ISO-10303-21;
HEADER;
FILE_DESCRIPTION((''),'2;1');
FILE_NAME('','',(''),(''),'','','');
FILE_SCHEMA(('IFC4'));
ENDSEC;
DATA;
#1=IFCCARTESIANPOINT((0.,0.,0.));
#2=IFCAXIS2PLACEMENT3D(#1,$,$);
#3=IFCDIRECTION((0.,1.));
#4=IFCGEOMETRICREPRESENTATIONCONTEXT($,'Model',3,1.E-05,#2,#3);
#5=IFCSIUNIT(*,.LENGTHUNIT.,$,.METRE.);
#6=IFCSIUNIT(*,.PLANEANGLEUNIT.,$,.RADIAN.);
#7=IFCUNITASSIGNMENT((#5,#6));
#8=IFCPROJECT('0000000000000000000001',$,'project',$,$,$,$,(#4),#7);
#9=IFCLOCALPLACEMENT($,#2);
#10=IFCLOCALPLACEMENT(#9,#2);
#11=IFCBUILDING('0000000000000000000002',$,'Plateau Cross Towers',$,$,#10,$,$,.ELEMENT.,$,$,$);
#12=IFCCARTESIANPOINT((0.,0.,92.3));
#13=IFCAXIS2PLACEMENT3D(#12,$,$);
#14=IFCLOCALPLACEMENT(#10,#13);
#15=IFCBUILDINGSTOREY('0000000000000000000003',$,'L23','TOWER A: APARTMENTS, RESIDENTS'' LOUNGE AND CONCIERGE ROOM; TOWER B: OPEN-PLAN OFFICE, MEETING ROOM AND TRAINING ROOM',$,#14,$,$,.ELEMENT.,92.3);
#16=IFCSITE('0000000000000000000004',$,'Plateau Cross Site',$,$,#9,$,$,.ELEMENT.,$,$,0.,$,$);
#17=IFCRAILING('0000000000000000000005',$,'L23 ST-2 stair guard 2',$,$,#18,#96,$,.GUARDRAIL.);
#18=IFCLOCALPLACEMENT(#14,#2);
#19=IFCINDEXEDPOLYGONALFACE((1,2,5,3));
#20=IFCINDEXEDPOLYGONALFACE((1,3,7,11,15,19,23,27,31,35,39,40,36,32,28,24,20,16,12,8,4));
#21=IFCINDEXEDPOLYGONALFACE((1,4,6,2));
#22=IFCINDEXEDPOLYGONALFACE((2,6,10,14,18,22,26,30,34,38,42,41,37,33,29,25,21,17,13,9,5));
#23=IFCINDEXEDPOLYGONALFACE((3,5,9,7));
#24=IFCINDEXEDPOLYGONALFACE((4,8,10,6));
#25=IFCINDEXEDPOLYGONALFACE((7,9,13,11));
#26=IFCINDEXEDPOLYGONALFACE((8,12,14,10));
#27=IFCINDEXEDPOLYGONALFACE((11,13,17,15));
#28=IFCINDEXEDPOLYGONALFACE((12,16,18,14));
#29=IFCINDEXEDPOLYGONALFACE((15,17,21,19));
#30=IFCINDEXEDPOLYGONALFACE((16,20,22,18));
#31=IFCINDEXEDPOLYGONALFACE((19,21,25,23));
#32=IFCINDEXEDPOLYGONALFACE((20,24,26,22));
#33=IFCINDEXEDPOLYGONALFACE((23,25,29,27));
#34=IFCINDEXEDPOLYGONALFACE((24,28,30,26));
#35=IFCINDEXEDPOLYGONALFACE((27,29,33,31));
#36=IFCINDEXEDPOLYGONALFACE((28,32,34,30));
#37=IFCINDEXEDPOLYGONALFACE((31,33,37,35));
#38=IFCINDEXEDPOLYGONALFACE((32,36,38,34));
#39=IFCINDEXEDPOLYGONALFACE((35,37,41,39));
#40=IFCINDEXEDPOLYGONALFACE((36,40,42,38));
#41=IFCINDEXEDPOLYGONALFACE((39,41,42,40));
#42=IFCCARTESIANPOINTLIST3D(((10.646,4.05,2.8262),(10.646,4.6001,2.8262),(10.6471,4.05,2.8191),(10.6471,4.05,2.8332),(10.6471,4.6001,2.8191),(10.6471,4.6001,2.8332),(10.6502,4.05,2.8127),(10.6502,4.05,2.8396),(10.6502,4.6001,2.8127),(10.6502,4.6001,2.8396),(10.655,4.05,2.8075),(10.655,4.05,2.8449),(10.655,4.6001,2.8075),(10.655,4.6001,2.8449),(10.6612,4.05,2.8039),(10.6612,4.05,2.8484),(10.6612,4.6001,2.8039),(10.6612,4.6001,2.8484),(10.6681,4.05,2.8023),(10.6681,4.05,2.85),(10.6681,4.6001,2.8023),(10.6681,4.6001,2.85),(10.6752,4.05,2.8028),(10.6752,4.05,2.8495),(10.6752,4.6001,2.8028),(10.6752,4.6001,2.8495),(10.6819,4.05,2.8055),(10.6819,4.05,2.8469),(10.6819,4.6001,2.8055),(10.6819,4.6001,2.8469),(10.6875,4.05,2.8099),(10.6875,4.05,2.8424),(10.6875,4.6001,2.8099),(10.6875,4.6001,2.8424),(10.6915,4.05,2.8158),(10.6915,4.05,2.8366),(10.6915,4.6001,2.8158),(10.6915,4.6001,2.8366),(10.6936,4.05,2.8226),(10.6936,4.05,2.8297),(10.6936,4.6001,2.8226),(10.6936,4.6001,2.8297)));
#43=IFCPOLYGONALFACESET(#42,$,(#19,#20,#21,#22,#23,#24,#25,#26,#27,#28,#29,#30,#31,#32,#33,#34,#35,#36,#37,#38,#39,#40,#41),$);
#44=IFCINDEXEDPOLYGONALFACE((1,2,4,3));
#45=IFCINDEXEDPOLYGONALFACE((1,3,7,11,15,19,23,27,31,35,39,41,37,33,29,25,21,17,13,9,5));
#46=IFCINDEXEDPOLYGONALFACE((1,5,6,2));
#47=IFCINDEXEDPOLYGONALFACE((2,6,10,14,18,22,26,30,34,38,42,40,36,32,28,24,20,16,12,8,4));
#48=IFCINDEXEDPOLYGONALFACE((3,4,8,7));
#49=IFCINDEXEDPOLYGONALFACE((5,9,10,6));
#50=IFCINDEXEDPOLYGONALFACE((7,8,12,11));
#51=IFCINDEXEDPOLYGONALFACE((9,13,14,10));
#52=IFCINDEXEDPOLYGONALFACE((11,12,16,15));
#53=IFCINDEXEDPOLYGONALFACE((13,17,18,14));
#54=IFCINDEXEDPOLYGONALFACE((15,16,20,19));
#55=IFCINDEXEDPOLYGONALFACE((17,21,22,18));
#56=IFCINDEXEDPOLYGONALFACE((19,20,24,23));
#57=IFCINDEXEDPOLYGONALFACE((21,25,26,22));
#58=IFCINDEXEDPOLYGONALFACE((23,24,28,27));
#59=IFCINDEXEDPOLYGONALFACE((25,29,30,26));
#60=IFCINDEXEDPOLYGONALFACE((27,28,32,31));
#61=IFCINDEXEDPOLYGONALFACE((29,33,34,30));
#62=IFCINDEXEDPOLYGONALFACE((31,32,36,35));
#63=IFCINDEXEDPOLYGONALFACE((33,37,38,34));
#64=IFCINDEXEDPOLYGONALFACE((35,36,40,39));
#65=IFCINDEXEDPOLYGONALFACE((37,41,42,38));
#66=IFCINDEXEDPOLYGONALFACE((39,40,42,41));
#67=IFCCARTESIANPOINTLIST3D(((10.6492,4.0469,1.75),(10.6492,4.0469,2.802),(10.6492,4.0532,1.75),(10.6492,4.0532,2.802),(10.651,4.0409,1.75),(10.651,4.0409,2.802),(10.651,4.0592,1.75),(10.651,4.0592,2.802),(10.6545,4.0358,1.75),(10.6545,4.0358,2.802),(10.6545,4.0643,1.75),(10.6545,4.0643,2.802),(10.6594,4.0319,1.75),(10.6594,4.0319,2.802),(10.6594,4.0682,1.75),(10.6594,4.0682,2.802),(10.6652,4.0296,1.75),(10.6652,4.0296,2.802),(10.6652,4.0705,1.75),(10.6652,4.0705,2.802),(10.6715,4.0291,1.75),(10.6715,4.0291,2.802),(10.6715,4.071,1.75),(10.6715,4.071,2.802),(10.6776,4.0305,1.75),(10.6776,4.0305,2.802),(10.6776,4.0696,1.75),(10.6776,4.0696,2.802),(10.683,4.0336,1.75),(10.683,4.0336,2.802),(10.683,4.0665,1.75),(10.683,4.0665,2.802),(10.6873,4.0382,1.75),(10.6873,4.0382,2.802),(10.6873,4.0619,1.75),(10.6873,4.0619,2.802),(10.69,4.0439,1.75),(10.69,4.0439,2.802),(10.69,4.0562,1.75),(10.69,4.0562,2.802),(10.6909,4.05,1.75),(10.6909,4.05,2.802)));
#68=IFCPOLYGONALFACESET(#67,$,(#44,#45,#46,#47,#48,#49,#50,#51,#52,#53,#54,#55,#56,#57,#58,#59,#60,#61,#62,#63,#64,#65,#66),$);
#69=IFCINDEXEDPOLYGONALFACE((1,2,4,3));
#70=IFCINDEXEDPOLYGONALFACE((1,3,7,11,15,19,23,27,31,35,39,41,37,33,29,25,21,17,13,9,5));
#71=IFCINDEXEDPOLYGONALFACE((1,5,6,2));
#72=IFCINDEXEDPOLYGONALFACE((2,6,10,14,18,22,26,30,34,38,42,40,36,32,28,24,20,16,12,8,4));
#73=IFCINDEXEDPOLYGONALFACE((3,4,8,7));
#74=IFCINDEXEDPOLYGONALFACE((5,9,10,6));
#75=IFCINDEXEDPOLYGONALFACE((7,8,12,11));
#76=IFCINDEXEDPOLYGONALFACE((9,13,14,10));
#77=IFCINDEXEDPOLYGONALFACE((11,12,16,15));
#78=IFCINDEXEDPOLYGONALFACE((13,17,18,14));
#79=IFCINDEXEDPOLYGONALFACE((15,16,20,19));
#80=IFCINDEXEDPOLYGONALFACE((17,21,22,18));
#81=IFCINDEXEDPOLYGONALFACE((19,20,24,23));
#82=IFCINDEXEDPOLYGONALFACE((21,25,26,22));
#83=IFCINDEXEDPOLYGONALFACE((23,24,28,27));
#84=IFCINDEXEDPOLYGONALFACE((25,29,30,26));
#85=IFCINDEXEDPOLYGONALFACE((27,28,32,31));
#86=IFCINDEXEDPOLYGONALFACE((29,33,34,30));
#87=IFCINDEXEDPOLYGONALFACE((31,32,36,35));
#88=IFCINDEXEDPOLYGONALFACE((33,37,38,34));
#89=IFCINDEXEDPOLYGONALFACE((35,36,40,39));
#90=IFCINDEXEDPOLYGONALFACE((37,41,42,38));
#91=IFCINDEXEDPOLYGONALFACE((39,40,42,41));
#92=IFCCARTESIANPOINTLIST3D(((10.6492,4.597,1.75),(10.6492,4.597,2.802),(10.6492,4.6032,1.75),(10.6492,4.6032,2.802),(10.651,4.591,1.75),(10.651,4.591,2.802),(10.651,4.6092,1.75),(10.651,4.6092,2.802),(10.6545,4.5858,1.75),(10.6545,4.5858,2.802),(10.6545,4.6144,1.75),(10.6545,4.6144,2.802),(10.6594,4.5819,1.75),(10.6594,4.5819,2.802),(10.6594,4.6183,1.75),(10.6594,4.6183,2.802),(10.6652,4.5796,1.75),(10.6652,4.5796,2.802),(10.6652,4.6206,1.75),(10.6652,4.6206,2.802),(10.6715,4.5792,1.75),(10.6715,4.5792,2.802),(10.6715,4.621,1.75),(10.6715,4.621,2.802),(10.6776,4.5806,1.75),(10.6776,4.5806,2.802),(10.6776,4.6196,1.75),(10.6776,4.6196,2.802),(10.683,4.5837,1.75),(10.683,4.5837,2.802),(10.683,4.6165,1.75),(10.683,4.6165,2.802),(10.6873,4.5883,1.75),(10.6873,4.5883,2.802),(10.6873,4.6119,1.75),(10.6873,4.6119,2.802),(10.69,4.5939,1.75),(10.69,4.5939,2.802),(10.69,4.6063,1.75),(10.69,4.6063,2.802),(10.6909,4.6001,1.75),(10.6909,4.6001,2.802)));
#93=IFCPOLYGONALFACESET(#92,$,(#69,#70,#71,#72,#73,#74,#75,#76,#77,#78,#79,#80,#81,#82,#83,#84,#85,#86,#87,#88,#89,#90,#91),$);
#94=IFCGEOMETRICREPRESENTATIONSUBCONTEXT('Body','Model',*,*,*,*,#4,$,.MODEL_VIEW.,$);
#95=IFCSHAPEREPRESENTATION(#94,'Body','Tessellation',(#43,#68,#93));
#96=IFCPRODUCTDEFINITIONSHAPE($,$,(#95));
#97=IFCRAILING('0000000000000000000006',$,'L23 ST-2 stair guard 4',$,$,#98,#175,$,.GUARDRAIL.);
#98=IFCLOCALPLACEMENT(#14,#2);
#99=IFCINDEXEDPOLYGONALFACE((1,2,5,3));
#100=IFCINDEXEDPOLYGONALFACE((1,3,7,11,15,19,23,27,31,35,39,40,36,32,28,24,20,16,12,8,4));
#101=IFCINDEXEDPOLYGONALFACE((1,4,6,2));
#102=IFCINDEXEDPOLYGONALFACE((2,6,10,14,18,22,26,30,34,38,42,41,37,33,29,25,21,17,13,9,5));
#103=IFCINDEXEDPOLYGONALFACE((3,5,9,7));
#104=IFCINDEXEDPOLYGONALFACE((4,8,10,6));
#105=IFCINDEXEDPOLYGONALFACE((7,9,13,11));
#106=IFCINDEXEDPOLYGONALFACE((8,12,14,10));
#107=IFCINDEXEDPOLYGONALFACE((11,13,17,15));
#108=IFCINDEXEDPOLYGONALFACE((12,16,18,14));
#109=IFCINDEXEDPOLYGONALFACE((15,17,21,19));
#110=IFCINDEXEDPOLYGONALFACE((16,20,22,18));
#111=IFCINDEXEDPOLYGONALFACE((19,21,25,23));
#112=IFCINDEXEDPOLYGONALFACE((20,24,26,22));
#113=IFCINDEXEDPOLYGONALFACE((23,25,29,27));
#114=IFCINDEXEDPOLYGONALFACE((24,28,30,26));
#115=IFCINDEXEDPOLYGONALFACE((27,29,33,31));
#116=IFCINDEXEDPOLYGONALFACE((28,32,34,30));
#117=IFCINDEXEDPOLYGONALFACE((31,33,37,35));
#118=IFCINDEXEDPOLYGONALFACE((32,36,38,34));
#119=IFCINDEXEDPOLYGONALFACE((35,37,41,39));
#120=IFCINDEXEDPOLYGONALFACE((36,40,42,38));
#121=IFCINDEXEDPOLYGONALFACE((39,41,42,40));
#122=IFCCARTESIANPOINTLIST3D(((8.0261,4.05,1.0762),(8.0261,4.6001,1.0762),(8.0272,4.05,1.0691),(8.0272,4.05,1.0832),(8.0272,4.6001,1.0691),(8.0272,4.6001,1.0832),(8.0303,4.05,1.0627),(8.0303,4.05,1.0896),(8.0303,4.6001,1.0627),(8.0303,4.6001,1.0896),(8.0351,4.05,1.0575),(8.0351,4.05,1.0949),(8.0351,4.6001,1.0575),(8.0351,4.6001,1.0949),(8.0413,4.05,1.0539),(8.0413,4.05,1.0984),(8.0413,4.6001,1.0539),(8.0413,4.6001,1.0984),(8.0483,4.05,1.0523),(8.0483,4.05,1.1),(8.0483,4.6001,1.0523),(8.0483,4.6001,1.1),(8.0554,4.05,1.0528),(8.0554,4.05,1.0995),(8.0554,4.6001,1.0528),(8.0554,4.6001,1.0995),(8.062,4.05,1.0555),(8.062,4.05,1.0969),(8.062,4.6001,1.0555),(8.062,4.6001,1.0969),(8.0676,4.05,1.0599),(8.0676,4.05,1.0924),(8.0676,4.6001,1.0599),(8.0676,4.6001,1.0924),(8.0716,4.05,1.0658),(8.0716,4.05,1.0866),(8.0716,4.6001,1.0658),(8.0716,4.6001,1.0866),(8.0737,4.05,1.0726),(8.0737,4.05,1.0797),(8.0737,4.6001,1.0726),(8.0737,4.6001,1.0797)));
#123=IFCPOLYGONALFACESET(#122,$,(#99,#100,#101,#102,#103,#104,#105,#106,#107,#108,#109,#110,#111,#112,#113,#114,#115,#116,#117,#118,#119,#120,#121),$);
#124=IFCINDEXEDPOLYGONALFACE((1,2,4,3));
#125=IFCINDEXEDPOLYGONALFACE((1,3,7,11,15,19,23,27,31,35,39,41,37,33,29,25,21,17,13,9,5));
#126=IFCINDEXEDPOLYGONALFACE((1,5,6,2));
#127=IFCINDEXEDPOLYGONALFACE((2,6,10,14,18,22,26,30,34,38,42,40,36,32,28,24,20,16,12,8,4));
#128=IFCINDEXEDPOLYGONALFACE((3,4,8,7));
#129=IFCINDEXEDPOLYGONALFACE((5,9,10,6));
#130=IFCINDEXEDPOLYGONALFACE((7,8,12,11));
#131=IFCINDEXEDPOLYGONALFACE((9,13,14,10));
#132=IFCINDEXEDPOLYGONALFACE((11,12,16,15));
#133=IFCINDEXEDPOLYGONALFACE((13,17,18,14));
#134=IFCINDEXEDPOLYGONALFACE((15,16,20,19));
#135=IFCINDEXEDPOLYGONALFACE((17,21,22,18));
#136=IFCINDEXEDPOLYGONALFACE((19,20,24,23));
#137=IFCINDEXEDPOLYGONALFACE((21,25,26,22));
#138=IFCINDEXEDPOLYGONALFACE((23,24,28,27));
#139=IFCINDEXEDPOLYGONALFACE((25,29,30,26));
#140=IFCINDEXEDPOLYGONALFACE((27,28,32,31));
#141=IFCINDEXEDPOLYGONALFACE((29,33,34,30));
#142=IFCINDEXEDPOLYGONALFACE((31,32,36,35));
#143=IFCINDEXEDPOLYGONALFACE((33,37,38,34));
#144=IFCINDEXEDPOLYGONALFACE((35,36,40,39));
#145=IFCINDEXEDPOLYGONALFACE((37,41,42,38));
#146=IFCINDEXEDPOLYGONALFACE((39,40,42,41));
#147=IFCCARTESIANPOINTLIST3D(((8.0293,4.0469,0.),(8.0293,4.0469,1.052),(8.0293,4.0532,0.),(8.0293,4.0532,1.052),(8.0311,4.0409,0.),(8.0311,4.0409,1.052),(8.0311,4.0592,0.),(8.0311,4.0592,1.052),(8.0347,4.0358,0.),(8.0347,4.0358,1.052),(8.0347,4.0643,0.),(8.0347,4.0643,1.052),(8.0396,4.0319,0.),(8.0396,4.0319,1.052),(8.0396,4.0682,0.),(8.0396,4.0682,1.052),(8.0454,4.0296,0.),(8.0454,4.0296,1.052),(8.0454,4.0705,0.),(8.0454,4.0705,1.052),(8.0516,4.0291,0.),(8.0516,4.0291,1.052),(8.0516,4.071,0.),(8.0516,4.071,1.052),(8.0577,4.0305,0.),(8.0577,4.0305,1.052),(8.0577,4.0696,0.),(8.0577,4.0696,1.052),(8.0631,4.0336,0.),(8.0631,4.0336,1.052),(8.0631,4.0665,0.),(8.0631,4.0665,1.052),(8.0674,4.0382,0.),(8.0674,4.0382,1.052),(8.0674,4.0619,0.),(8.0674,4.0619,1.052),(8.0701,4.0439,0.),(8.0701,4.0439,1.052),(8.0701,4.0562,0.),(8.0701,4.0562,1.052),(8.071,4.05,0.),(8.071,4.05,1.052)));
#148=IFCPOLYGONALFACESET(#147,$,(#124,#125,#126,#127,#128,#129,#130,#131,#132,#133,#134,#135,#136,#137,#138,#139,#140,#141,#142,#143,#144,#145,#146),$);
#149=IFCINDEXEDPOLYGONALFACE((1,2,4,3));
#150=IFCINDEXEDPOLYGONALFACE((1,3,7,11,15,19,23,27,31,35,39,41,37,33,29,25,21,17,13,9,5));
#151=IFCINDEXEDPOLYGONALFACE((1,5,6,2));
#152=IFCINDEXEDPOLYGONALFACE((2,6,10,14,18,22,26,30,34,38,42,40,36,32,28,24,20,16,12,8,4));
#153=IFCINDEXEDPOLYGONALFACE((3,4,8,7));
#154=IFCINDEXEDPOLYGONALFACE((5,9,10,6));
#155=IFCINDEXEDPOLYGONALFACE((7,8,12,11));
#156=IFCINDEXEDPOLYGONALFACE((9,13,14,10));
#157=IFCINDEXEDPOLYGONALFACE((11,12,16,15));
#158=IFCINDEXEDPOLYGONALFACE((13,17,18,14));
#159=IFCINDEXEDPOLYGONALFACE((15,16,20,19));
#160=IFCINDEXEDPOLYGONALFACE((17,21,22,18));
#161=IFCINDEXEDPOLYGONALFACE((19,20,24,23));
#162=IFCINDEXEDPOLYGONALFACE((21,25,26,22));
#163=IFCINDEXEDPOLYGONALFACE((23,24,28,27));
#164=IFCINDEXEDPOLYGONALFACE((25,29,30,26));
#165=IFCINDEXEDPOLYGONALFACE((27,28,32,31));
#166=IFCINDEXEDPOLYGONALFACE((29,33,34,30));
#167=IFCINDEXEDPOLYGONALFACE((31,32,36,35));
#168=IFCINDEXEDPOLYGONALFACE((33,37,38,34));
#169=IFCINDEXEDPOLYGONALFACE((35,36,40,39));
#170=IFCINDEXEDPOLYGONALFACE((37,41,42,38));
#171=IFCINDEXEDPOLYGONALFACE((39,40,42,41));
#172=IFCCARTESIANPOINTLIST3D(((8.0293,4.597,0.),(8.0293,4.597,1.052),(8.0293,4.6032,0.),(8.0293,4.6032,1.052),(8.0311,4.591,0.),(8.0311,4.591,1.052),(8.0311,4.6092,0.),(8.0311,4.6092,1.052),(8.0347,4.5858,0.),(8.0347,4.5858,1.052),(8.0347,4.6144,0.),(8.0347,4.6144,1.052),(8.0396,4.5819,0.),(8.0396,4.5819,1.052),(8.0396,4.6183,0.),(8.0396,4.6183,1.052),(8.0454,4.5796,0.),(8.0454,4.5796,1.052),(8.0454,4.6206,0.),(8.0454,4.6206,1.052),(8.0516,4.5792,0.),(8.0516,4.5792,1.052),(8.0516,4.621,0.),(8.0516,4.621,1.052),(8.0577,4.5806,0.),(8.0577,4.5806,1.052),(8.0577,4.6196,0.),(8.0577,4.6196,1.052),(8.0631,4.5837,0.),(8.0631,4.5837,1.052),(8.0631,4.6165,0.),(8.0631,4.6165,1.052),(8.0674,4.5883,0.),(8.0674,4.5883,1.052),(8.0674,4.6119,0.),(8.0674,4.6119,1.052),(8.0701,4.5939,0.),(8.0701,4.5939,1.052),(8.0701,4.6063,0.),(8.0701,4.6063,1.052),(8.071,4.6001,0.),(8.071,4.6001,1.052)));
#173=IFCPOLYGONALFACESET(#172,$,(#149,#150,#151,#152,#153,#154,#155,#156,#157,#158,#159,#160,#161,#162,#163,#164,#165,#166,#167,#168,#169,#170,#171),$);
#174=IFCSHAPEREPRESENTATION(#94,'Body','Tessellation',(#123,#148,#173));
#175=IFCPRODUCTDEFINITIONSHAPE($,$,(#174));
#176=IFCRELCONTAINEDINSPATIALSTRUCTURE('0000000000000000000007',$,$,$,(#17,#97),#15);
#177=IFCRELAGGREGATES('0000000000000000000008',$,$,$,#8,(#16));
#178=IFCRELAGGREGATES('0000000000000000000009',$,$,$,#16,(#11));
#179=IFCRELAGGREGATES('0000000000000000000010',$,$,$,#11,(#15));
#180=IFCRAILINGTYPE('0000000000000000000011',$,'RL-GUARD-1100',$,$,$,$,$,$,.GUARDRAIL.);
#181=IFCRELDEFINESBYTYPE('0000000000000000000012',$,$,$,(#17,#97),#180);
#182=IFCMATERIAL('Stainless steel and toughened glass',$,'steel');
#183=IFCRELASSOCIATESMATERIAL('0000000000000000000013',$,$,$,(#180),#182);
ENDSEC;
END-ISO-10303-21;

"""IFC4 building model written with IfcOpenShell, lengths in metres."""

from ifc_helpers import new_model, si_unit, direction, frame, origin, origin_2d, place, context, subcontext, project, spatial, circle, extrude, material, type_object, element, save


model = new_model("IFC4")

# Units and contexts
model_context = context("Model", 3, precision=1e-05, world=origin(), true_north=direction((0.0, 1.0)))
body_context = subcontext(model_context, "Body", "Model", "MODEL_VIEW")
ifc_project = project(units=[si_unit("LENGTHUNIT", "METRE"), si_unit("PLANEANGLEUNIT", "RADIAN")], contexts=[model_context])

# Site, building, storey
site_placement = place(None, origin())
site = spatial("IfcSite", under=ifc_project, at=site_placement, Name="Plateau Cross Site", CompositionType="ELEMENT", RefElevation=0.0)
building_placement = place(site_placement, origin())
building = spatial("IfcBuilding", under=site, at=building_placement, Name="Plateau Cross Towers", CompositionType="ELEMENT")
storey_placement = place(building_placement, frame((0.0, 0.0, 92.3)))
storey = spatial("IfcBuildingStorey", under=building, at=storey_placement, Name="L23", Description="TOWER A: APARTMENTS, RESIDENTS' LOUNGE AND CONCIERGE ROOM; TOWER B: OPEN-PLAN OFFICE, MEETING ROOM AND TRAINING ROOM", CompositionType="ELEMENT", Elevation=92.3)

# Railings
ifc_material_1 = material(Name="Stainless steel and toughened glass", Category="steel")
railing_type_1 = type_object("IfcRailingType", Name="RL-GUARD-1100", PredefinedType="GUARDRAIL", material=ifc_material_1)
for number, where, name in (
    (1, (10.6699, 4.05, 1.75), "L23 ST-2 stair guard 2"),
    (2, (8.05, 4.05, 0.0), "L23 ST-2 stair guard 4"),
):
    element("IfcRailing", number, at=place(storey_placement, frame(where)), inside=storey, type_object=railing_type_1, Name=name, PredefinedType="GUARDRAIL", context=body_context, shape_type="SweptSolid", body=[
        extrude(circle(Radius=0.0239, at=origin_2d()), frame((0.0, 0.0, 1.0762), z_axis=(0.0, 1.0, 0.0), x_axis=(-1.0, 0.0, 0.0)), (0.0, 0.0, 1.0), 0.55),
        extrude(circle(Radius=0.021, at=origin_2d()), origin(), (0.0, 0.0, 1.0), 1.052),
        extrude(circle(Radius=0.021, at=origin_2d()), frame((0.0, 0.55, 0.0)), (0.0, 0.0, 1.0), 1.052),
    ])

save(model, "model.ifc")
